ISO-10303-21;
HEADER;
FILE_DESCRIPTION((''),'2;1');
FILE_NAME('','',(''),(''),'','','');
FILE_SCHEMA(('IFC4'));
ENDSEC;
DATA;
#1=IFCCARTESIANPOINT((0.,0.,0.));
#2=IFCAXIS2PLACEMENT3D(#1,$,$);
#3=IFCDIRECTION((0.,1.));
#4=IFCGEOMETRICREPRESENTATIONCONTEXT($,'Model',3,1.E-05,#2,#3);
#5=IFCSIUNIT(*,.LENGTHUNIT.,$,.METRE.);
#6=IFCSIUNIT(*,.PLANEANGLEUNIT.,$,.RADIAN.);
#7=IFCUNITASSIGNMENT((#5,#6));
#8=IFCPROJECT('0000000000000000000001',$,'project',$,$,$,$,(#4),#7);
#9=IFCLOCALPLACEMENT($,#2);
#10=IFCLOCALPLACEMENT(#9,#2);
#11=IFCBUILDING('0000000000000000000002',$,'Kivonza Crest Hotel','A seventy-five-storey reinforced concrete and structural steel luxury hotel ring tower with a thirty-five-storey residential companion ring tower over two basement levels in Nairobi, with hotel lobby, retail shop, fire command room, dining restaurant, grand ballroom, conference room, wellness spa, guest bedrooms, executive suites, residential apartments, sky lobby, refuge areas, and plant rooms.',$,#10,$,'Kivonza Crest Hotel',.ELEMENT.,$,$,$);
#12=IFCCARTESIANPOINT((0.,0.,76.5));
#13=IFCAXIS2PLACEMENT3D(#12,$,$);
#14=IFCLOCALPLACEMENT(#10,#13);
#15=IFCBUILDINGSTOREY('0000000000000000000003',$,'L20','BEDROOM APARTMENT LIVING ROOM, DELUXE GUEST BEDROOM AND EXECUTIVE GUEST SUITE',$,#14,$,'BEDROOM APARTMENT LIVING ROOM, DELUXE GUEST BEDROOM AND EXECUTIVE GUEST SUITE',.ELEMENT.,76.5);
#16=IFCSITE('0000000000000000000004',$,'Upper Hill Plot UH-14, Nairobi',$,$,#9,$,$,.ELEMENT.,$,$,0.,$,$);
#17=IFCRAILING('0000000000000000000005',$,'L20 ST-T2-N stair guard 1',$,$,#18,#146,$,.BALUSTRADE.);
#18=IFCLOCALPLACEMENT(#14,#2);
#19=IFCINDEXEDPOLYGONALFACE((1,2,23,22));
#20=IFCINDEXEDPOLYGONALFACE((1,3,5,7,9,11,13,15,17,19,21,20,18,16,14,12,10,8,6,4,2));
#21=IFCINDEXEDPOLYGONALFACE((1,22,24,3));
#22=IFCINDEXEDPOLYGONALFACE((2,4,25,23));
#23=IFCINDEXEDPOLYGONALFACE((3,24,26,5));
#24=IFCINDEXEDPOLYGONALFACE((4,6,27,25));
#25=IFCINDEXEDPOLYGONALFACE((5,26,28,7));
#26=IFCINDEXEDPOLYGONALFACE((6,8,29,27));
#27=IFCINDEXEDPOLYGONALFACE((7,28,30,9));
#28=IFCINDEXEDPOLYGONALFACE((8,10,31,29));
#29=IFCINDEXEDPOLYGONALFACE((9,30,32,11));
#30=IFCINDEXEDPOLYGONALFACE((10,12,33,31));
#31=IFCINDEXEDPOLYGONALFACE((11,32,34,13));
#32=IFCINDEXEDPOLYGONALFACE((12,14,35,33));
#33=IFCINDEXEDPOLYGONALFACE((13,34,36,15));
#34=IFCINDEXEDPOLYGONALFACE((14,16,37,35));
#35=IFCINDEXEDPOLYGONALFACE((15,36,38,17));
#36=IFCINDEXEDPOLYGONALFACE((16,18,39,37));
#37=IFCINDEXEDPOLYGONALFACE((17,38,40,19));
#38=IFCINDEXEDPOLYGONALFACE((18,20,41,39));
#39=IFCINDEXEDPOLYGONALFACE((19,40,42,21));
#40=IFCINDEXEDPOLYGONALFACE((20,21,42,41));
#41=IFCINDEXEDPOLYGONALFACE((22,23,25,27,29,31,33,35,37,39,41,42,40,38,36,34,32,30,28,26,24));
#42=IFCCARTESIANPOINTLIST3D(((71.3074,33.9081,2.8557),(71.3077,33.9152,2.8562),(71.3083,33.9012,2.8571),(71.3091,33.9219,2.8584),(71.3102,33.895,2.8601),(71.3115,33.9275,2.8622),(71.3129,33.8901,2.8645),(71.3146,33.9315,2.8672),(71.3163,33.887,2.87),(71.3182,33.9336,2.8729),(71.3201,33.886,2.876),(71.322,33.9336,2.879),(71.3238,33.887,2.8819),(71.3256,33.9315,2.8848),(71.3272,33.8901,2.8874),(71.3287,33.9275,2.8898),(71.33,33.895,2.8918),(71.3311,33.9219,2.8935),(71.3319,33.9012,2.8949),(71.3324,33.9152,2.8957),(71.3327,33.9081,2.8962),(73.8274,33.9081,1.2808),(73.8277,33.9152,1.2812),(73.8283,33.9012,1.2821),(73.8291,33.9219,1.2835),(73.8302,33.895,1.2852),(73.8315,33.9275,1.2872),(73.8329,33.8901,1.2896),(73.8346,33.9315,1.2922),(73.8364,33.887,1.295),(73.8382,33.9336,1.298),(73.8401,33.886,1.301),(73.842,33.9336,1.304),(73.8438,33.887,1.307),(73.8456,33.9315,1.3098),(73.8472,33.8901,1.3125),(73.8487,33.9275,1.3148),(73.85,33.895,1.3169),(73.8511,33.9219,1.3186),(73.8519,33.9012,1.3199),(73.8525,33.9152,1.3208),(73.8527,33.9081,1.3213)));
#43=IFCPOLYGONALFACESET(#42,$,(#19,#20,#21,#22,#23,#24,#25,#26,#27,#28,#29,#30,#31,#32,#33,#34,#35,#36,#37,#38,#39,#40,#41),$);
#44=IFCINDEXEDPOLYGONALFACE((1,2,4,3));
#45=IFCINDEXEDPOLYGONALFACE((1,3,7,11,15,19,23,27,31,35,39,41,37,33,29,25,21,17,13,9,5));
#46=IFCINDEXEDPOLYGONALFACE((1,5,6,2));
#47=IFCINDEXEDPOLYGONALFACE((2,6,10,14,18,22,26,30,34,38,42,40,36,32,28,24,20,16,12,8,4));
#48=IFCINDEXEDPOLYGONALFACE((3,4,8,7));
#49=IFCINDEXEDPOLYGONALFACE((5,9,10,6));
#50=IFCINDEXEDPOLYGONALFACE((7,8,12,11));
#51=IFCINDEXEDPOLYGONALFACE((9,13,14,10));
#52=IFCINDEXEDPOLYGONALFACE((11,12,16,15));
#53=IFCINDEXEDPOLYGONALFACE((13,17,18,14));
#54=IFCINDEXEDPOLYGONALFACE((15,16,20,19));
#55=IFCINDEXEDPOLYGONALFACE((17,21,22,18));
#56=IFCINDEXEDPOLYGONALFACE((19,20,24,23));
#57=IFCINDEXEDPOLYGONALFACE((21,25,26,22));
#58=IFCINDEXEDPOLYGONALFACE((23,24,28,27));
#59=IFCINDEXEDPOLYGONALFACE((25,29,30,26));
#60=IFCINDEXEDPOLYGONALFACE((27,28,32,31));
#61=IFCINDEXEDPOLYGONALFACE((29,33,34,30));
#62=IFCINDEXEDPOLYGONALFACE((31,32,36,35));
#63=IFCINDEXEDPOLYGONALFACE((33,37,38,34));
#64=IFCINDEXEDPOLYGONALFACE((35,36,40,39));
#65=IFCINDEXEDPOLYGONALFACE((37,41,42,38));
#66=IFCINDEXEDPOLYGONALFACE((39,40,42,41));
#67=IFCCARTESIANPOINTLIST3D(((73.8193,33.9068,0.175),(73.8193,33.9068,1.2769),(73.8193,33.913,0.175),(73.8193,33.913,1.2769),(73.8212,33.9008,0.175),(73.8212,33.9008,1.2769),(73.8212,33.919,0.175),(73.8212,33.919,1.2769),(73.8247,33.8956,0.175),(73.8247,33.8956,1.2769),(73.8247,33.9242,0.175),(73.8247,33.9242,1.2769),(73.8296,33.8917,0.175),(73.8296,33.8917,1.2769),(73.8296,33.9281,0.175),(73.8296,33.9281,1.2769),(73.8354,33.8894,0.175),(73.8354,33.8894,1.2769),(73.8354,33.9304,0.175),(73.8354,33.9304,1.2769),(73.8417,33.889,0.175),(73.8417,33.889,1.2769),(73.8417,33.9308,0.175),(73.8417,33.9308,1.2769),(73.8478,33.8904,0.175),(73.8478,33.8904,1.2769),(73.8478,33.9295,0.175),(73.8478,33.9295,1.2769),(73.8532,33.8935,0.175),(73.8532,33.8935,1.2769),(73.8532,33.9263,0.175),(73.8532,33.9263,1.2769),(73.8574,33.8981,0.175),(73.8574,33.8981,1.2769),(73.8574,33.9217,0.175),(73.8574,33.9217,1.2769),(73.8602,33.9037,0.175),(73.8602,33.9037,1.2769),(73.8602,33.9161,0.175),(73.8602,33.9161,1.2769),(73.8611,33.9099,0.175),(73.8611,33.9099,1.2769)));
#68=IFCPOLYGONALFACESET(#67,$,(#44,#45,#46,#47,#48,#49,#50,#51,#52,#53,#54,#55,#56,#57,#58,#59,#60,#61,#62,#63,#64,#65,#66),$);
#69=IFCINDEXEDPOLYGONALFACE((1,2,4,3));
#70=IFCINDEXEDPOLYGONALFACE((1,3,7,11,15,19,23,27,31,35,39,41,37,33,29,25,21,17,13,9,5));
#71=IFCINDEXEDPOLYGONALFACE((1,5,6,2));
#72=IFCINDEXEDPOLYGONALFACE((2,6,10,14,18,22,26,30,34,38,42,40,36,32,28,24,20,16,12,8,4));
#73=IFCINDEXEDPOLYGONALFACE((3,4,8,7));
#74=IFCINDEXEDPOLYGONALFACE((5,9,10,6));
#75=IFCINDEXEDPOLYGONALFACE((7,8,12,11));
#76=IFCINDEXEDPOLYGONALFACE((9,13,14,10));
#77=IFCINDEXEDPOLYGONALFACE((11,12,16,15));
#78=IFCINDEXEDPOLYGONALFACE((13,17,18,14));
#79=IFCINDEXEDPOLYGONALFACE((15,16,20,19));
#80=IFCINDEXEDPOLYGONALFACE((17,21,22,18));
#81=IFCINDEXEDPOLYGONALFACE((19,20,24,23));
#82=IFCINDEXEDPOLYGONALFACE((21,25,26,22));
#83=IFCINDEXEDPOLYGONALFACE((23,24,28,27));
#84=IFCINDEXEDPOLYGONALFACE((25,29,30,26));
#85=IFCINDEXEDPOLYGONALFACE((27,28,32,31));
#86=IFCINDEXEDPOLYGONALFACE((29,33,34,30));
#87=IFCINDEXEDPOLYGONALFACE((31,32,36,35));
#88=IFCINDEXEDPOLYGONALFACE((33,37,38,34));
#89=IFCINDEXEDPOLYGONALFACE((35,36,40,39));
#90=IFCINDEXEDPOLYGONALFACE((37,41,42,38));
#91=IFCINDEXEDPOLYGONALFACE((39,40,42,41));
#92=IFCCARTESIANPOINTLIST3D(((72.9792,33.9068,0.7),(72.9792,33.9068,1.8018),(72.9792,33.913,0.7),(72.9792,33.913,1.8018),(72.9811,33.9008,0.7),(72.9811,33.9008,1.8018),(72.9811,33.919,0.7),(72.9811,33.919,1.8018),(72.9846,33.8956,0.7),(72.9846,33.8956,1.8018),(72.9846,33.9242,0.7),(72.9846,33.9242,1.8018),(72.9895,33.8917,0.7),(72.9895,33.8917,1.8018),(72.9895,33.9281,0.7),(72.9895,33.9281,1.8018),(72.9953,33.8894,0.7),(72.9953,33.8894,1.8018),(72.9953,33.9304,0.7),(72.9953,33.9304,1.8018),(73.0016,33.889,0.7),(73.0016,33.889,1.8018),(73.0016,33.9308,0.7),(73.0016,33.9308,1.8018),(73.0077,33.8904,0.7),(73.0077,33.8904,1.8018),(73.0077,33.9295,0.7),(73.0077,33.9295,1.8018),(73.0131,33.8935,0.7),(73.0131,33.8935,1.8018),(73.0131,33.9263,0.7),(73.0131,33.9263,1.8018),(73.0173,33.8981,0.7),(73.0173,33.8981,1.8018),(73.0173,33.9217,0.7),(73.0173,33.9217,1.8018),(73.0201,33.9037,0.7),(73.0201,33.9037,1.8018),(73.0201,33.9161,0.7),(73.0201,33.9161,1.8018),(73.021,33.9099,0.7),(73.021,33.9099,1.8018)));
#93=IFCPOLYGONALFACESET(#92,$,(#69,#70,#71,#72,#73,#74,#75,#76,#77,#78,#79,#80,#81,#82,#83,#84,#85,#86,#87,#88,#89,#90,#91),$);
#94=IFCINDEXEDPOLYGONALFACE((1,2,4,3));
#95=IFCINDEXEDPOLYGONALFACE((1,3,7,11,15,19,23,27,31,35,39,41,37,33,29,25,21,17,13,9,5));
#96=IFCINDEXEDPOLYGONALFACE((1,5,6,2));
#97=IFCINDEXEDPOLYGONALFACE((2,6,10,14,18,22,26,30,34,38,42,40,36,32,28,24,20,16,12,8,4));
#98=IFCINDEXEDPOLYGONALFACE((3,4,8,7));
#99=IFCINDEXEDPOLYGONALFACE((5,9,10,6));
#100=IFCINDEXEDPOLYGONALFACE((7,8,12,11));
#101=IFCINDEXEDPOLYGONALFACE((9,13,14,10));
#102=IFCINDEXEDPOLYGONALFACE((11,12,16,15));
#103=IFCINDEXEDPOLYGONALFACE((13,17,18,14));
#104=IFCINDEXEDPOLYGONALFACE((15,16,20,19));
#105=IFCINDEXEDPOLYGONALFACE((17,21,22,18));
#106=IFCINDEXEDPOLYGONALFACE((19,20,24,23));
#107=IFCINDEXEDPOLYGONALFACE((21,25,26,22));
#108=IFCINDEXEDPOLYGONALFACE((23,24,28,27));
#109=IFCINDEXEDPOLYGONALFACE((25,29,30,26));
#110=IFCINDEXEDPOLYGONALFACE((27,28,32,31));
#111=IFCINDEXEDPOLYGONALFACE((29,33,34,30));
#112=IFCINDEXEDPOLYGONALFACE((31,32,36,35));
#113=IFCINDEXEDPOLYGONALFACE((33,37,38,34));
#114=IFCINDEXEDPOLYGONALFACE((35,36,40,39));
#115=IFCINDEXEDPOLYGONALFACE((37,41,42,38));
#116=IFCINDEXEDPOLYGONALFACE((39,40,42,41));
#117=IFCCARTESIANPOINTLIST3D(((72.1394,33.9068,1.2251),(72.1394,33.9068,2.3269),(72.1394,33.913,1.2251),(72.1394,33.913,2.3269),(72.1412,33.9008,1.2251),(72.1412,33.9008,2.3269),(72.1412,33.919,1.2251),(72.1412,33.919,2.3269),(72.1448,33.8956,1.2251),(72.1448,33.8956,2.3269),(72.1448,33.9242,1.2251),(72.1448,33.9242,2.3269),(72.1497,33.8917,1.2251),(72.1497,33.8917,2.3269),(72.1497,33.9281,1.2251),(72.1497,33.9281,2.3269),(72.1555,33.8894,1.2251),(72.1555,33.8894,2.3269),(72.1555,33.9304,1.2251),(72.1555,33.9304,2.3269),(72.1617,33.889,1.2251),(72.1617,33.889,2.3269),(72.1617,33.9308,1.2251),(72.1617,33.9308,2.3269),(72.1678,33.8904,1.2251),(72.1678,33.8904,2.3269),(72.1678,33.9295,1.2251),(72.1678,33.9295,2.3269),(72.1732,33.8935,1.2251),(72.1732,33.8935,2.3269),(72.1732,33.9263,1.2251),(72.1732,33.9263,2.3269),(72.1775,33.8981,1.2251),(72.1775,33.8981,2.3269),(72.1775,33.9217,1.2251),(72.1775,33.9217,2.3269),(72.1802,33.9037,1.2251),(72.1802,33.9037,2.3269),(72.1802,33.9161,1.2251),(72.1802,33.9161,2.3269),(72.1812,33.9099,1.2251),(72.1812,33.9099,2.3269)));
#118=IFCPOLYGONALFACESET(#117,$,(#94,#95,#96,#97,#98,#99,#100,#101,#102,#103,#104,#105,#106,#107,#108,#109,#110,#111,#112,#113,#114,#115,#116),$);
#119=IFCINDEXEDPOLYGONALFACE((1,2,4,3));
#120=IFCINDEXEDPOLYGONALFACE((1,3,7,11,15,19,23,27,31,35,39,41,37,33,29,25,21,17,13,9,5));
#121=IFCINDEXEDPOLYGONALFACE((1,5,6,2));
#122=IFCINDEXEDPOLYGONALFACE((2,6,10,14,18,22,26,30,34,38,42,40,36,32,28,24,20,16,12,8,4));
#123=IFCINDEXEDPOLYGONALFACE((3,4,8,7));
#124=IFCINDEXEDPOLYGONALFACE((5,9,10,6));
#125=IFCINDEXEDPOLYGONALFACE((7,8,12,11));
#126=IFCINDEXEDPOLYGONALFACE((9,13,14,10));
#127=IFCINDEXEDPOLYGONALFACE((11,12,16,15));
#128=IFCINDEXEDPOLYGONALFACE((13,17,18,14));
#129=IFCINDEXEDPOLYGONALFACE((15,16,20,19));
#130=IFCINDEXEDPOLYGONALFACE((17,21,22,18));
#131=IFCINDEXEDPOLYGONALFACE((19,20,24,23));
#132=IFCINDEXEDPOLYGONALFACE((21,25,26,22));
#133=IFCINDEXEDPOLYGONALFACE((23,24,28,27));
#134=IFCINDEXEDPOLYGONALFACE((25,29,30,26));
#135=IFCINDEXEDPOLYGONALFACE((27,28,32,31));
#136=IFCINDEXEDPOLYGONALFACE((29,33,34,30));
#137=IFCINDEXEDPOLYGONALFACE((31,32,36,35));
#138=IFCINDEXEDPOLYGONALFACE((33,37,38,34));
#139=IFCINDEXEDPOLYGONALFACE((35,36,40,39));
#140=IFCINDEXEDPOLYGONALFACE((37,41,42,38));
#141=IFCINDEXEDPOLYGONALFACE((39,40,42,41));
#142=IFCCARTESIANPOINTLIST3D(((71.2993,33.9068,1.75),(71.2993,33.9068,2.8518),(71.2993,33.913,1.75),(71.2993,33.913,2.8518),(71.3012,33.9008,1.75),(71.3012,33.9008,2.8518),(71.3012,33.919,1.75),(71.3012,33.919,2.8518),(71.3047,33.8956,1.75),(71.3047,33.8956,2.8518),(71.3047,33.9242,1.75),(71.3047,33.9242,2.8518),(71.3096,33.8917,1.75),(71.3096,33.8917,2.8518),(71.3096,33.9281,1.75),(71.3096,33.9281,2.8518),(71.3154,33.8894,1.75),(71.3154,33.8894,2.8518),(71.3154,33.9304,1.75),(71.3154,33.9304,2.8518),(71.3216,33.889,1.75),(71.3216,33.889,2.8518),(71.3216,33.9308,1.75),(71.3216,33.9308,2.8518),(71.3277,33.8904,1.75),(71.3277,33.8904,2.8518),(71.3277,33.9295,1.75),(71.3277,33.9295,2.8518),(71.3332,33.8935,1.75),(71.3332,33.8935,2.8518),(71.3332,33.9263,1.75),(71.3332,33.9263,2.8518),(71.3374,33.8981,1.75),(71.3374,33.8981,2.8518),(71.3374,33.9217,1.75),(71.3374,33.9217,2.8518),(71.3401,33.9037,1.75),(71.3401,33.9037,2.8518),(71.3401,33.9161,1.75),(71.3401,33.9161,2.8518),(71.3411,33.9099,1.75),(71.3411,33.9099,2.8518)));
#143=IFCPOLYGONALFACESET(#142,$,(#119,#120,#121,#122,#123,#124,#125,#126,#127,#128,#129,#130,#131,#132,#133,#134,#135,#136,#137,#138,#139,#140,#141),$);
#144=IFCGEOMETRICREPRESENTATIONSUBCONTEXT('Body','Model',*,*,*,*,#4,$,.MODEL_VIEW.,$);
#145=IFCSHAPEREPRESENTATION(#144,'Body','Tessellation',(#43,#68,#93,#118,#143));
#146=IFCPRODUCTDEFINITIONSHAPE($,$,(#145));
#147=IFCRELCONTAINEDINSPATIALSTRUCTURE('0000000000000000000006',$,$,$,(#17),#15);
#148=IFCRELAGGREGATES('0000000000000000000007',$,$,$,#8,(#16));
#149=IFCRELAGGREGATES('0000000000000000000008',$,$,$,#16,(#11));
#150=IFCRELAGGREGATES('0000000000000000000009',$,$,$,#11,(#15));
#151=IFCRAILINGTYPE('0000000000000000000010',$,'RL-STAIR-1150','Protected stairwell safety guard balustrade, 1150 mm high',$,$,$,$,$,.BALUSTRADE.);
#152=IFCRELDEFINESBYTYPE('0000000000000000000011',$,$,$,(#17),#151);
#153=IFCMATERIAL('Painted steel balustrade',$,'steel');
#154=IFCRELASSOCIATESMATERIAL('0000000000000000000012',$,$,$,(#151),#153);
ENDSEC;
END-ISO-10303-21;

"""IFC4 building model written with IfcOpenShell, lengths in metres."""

from ifc_helpers import new_model, si_unit, direction, frame, origin, origin_2d, place, context, subcontext, project, spatial, circle, extrude, material, type_object, element, save


model = new_model("IFC4")

# Units and contexts
model_context = context("Model", 3, precision=1e-05, world=origin(), true_north=direction((0.0, 1.0)))
body_context = subcontext(model_context, "Body", "Model", "MODEL_VIEW")
ifc_project = project(units=[si_unit("LENGTHUNIT", "METRE"), si_unit("PLANEANGLEUNIT", "RADIAN")], contexts=[model_context])

# Site, building, storey
site_placement = place(None, origin())
site = spatial("IfcSite", under=ifc_project, at=site_placement, Name="Upper Hill Plot UH-14, Nairobi", CompositionType="ELEMENT", RefElevation=0.0)
building_placement = place(site_placement, origin())
building = spatial("IfcBuilding", under=site, at=building_placement, Name="Kivonza Crest Hotel", Description="A seventy-five-storey reinforced concrete and structural steel luxury hotel ring tower with a thirty-five-storey residential companion ring tower over two basement levels in Nairobi, with hotel lobby, retail shop, fire command room, dining restaurant, grand ballroom, conference room, wellness spa, guest bedrooms, executive suites, residential apartments, sky lobby, refuge areas, and plant rooms.", LongName="Kivonza Crest Hotel", CompositionType="ELEMENT")
storey_placement = place(building_placement, frame((0.0, 0.0, 76.5)))
storey = spatial("IfcBuildingStorey", under=building, at=storey_placement, Name="L20", Description="BEDROOM APARTMENT LIVING ROOM, DELUXE GUEST BEDROOM AND EXECUTIVE GUEST SUITE", LongName="BEDROOM APARTMENT LIVING ROOM, DELUXE GUEST BEDROOM AND EXECUTIVE GUEST SUITE", CompositionType="ELEMENT", Elevation=76.5)

# Railing
ifc_material_1 = material(Name="Painted steel balustrade", Category="steel")
railing_type_1 = type_object("IfcRailingType", Name="RL-STAIR-1150", Description="Protected stairwell safety guard balustrade, 1150 mm high", PredefinedType="BALUSTRADE", material=ifc_material_1)
railing_1_placement = place(storey_placement, frame((73.8401, 33.9099, 0.175)))
element("IfcRailing", 1, at=railing_1_placement, inside=storey, type_object=railing_type_1, Name="L20 ST-T2-N stair guard 1", PredefinedType="BALUSTRADE", context=body_context, shape_type="SweptSolid", body=[
    extrude(circle(Radius=0.0239, at=origin_2d()), frame((0.0, 0.0, 1.126), z_axis=(-0.848008, 0.0, 0.529984), x_axis=(0.0, -1.0, 0.0)), (0.0, 0.0, 1.0), 2.9717),
    extrude(circle(Radius=0.021, at=origin_2d()), origin(), (0.0, 0.0, 1.0), 1.1018),
    extrude(circle(Radius=0.021, at=origin_2d()), frame((-0.8401, 0.0, 0.5249)), (0.0, 0.0, 1.0), 1.1018),
    extrude(circle(Radius=0.021, at=origin_2d()), frame((-1.6799, 0.0, 1.05)), (0.0, 0.0, 1.0), 1.1018),
    extrude(circle(Radius=0.021, at=origin_2d()), frame((-2.52, 0.0, 1.575)), (0.0, 0.0, 1.0), 1.1018),
])

save(model, "model.ifc")
